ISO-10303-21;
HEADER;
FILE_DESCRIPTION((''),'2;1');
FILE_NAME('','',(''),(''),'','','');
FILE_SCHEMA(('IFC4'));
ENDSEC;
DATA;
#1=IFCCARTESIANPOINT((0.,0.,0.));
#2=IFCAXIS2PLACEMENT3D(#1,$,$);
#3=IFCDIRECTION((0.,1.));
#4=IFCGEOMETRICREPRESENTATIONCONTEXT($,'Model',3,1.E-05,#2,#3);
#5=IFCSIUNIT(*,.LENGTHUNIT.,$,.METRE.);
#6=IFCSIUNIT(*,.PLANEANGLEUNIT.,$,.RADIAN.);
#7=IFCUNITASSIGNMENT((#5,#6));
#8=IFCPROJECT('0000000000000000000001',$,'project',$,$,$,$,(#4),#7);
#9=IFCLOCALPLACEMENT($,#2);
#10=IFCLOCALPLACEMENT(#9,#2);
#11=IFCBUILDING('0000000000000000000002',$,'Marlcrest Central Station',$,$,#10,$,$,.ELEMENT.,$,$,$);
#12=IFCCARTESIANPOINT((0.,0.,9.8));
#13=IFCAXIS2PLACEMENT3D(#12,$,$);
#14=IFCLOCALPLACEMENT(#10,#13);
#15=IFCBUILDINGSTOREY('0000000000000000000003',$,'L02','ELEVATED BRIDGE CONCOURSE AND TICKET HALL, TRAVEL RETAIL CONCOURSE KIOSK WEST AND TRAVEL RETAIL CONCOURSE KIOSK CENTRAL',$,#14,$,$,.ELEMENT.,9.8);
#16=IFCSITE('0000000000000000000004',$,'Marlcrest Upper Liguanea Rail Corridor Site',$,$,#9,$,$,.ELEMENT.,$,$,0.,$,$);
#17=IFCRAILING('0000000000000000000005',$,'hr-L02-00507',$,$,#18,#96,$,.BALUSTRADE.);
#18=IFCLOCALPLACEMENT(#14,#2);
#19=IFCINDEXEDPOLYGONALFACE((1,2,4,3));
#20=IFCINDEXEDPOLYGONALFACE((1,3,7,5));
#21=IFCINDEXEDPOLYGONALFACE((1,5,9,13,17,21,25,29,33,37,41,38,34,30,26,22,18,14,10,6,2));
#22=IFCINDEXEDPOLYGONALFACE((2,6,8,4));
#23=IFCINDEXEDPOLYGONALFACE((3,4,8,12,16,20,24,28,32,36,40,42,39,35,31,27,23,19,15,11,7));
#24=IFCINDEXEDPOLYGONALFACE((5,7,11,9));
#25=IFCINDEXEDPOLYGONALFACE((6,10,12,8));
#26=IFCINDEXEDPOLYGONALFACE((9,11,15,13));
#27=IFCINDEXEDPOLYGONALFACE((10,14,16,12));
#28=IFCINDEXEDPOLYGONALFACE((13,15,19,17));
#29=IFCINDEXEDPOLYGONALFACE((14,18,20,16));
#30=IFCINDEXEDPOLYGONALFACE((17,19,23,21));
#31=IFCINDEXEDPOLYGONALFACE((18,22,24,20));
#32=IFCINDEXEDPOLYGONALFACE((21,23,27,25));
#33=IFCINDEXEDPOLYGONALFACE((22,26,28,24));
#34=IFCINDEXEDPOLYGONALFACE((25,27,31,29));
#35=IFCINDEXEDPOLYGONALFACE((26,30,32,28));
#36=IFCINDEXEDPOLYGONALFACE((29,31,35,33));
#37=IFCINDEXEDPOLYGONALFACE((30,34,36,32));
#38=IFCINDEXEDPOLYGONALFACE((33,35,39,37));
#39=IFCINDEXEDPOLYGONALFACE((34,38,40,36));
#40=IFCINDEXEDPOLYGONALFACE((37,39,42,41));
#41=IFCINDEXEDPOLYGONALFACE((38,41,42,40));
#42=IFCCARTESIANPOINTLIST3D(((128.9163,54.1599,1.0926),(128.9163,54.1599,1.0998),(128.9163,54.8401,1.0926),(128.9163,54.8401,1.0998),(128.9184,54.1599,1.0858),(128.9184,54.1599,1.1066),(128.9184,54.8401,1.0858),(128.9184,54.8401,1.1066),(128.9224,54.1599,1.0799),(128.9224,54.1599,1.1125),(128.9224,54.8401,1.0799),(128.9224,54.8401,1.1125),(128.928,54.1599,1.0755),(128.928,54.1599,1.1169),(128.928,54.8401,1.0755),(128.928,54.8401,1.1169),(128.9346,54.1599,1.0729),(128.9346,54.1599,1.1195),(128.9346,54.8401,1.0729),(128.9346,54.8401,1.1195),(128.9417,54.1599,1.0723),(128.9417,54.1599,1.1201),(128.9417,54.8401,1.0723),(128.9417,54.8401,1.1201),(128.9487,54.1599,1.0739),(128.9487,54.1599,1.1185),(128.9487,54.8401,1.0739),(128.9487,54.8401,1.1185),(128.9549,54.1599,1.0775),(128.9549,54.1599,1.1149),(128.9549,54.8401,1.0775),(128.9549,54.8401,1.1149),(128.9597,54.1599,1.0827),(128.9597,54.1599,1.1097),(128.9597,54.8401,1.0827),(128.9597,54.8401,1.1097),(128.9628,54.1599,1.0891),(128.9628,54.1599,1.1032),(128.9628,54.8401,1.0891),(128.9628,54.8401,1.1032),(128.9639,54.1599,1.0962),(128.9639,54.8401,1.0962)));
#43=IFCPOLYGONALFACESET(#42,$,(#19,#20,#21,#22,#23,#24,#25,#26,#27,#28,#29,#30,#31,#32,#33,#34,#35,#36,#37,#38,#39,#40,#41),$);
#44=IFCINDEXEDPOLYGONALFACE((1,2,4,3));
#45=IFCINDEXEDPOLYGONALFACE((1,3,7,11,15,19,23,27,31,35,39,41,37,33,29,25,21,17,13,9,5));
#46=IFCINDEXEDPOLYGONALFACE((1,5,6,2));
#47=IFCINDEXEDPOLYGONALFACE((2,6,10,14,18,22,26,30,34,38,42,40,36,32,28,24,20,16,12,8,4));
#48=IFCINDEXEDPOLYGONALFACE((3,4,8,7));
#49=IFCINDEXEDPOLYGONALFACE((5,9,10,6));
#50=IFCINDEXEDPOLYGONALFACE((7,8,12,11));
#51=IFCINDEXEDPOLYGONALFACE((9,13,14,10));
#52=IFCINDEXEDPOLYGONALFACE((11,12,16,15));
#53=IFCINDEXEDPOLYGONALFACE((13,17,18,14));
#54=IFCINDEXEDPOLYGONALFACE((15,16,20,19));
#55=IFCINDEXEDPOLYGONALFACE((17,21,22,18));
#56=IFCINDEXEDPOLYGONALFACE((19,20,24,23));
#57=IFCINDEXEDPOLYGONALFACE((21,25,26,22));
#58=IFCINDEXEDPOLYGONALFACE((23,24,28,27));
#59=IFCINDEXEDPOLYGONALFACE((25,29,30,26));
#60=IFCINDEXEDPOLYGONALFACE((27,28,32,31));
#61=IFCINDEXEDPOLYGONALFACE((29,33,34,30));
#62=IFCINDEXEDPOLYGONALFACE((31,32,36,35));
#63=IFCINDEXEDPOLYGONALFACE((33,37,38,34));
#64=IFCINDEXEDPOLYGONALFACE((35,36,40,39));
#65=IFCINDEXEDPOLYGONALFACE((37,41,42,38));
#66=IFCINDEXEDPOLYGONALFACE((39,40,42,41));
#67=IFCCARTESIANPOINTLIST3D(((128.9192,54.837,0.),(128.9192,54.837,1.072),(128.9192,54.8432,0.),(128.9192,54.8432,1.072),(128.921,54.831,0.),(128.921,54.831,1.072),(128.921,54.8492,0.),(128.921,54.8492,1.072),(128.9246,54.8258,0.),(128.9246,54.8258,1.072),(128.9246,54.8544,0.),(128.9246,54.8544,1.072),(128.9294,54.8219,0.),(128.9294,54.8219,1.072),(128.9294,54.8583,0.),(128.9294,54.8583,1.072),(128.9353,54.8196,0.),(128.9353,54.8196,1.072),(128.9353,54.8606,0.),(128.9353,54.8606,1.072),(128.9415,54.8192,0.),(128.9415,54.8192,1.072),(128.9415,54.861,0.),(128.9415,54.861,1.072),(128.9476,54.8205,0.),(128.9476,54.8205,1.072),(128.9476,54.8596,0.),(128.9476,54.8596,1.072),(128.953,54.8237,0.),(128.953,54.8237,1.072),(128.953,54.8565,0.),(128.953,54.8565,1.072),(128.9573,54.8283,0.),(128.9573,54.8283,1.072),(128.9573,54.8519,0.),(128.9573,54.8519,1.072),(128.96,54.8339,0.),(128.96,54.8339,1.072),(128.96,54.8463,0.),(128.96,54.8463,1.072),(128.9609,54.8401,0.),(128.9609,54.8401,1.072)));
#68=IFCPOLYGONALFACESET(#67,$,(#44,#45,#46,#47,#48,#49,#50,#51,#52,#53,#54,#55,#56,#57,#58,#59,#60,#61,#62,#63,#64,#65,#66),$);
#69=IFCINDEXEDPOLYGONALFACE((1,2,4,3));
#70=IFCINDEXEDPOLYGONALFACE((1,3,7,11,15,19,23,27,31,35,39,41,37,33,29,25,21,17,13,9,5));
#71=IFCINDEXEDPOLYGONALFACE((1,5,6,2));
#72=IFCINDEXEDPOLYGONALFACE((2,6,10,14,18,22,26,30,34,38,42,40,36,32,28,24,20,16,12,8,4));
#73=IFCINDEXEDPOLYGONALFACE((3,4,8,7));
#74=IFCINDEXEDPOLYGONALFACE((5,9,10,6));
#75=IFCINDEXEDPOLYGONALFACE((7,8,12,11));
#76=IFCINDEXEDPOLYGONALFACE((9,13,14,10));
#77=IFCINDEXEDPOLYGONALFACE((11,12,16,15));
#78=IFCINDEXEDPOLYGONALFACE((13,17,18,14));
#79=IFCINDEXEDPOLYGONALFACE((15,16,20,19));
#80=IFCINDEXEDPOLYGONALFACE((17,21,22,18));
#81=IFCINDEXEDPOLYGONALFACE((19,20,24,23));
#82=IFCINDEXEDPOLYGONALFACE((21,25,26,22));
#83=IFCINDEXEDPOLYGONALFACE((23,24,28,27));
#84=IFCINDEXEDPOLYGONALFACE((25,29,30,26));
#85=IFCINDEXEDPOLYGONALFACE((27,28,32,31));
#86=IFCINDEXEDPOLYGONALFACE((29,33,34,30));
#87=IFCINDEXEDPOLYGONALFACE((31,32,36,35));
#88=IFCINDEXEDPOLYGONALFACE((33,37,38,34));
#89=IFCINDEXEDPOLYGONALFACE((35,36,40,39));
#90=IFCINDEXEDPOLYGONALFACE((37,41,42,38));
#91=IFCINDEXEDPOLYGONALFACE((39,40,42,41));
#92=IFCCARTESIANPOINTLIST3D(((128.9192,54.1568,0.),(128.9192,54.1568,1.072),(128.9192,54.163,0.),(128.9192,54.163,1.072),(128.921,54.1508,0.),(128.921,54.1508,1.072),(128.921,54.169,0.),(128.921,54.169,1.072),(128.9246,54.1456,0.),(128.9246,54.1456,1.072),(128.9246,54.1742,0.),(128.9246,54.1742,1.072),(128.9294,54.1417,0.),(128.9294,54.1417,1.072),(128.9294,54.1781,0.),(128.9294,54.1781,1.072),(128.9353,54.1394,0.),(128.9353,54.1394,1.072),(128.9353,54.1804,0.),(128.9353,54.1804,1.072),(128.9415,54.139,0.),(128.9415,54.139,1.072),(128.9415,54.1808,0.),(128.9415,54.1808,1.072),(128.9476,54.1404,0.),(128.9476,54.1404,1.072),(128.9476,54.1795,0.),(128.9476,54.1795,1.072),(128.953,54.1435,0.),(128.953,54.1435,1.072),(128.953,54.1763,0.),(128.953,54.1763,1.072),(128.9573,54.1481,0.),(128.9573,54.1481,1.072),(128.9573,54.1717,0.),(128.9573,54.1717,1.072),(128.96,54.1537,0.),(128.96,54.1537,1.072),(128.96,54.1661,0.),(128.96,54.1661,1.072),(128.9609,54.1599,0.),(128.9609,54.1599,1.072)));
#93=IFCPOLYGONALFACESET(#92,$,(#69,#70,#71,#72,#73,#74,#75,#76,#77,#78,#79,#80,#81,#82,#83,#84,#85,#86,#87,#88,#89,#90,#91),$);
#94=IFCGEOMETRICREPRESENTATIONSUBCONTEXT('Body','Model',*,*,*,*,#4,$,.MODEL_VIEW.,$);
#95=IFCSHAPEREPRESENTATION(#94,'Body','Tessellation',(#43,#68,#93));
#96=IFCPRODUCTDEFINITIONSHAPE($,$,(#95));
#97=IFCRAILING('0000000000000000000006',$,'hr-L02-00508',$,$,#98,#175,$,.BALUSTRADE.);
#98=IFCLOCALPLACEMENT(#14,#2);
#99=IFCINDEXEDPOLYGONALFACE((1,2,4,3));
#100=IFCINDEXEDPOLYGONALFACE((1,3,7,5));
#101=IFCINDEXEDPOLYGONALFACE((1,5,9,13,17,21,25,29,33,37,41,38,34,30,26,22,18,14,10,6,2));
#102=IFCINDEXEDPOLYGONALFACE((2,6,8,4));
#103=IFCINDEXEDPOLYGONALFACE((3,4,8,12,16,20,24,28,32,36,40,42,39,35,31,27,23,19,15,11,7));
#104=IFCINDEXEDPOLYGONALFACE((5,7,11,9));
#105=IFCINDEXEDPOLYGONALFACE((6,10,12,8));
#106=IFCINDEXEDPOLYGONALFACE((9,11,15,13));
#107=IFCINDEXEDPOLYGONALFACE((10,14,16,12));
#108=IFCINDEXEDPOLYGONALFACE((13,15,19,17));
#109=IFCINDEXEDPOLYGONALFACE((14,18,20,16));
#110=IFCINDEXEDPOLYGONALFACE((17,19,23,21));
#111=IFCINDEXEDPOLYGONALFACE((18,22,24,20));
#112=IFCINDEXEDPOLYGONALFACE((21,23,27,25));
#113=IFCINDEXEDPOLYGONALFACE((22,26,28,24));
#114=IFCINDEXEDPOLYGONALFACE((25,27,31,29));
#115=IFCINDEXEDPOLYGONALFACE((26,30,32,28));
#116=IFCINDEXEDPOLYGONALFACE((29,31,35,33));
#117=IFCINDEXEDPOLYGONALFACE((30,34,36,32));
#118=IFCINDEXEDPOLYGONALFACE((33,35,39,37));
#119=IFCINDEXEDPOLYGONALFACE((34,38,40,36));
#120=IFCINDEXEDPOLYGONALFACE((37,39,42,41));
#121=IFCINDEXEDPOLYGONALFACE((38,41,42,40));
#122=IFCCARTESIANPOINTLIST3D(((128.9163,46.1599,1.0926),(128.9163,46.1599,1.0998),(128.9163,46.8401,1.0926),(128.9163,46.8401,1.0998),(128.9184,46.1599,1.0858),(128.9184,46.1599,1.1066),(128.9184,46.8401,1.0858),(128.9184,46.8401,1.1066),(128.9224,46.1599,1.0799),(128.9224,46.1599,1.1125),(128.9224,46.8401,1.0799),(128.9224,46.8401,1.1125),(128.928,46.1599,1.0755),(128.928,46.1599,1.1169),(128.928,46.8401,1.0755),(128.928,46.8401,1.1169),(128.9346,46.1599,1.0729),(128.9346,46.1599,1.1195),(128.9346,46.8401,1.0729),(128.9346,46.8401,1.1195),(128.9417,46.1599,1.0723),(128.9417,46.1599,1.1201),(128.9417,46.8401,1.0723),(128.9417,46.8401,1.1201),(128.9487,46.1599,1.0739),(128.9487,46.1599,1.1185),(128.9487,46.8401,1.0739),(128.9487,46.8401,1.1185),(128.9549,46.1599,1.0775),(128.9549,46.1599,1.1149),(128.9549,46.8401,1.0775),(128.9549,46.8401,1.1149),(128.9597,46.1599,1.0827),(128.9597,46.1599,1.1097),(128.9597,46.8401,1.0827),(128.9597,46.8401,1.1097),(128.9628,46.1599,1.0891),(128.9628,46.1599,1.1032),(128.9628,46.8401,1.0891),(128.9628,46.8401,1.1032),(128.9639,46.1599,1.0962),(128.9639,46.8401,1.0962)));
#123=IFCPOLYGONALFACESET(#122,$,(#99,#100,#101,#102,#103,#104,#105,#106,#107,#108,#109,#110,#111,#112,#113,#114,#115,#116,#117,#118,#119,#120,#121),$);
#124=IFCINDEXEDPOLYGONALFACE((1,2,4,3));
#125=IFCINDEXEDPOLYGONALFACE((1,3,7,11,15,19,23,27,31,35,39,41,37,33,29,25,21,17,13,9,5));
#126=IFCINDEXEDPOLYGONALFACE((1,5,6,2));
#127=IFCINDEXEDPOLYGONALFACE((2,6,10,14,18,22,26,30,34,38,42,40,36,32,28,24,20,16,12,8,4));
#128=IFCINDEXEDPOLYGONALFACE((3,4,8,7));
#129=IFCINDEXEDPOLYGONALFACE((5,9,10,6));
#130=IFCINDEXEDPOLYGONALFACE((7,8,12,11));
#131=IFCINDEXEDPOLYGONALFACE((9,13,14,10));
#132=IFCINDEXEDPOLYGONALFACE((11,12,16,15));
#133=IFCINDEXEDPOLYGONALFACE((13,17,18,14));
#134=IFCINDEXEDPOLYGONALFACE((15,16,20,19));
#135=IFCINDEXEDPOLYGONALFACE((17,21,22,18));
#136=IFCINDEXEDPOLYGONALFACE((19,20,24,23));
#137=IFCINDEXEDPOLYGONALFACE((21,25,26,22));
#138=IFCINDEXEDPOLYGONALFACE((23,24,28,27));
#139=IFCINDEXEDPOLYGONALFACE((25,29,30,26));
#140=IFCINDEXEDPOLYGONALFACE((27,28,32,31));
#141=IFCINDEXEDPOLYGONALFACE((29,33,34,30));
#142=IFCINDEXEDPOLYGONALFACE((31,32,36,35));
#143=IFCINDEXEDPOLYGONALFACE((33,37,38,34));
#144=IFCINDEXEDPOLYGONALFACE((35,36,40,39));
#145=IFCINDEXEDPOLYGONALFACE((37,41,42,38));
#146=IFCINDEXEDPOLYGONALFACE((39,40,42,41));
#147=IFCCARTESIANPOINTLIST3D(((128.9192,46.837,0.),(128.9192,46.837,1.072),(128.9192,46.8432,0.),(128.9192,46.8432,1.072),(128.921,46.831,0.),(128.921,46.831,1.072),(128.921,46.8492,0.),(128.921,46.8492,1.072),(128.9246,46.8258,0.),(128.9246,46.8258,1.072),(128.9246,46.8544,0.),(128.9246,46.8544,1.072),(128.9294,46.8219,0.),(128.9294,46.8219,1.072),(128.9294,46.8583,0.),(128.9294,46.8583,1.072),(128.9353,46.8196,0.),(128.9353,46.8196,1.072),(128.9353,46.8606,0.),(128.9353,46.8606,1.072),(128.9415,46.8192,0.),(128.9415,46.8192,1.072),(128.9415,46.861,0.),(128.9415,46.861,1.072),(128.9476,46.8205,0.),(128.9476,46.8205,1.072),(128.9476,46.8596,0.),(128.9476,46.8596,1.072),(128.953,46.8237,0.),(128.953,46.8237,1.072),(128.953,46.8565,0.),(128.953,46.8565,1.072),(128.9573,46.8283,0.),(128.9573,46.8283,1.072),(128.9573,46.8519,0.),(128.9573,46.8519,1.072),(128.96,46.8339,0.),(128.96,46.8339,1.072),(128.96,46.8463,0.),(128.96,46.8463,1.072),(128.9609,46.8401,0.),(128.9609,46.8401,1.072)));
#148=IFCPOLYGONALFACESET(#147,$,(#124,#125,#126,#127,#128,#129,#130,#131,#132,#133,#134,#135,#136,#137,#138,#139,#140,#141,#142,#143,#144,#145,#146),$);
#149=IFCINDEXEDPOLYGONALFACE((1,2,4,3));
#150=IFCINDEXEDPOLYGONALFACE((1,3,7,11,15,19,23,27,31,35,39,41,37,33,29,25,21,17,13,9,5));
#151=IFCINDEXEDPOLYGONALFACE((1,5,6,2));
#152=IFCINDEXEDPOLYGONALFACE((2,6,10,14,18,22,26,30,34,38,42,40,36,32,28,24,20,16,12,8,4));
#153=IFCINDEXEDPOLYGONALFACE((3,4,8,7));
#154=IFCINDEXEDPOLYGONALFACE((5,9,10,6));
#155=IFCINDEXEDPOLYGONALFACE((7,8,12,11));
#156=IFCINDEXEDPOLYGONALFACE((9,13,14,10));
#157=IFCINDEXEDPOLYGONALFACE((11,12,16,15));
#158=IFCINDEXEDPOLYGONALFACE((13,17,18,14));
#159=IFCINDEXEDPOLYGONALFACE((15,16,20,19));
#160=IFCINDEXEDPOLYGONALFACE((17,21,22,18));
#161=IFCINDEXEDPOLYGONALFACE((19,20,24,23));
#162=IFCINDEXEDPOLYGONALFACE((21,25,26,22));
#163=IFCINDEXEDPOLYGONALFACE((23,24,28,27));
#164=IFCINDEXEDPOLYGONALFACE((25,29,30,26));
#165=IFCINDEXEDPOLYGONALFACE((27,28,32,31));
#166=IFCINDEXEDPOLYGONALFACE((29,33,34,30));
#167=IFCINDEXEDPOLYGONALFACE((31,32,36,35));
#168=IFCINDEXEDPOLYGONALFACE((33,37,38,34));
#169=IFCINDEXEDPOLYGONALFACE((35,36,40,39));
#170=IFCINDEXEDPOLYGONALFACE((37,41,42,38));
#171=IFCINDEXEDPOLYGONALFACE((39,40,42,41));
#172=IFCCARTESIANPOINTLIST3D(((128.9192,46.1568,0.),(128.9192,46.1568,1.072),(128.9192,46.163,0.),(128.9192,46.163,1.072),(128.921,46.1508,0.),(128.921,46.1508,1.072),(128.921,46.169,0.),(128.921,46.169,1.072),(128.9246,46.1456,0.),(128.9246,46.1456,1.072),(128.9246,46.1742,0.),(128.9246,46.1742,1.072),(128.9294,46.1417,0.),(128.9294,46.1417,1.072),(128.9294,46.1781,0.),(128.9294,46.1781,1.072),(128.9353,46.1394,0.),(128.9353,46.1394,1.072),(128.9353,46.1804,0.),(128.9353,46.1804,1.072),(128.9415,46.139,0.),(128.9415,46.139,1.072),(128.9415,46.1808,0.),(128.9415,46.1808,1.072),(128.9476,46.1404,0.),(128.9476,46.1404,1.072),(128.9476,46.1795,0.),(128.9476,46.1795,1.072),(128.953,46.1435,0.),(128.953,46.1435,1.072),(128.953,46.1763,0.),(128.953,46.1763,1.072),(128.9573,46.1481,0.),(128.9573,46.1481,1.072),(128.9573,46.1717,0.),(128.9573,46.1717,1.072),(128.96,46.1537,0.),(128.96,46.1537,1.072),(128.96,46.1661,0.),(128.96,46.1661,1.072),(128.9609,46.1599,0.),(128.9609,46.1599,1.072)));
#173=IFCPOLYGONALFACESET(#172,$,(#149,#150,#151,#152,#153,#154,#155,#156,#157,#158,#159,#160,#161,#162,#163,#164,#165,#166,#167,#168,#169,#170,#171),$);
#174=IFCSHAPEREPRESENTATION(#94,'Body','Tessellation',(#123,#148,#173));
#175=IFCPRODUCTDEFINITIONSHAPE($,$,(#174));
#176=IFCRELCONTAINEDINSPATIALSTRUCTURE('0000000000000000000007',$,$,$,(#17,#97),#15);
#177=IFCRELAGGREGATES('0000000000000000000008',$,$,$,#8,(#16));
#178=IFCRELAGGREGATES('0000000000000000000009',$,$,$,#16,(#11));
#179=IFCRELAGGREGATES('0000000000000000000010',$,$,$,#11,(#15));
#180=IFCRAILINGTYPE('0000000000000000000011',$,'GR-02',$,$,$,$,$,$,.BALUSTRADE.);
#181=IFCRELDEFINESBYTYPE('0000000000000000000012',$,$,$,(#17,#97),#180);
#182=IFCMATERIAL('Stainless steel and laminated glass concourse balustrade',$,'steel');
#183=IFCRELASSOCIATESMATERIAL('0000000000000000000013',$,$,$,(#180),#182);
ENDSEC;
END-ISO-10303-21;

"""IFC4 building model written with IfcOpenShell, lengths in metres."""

from ifc_helpers import new_model, si_unit, direction, frame, origin, origin_2d, place, context, subcontext, project, spatial, circle, extrude, material, type_object, element, save


model = new_model("IFC4")

# Units and contexts
model_context = context("Model", 3, precision=1e-05, world=origin(), true_north=direction((0.0, 1.0)))
body_context = subcontext(model_context, "Body", "Model", "MODEL_VIEW")
ifc_project = project(units=[si_unit("LENGTHUNIT", "METRE"), si_unit("PLANEANGLEUNIT", "RADIAN")], contexts=[model_context])

# Site, building, storey
site_placement = place(None, origin())
site = spatial("IfcSite", under=ifc_project, at=site_placement, Name="Marlcrest Upper Liguanea Rail Corridor Site", CompositionType="ELEMENT", RefElevation=0.0)
building_placement = place(site_placement, origin())
building = spatial("IfcBuilding", under=site, at=building_placement, Name="Marlcrest Central Station", CompositionType="ELEMENT")
storey_placement = place(building_placement, frame((0.0, 0.0, 9.8)))
storey = spatial("IfcBuildingStorey", under=building, at=storey_placement, Name="L02", Description="ELEVATED BRIDGE CONCOURSE AND TICKET HALL, TRAVEL RETAIL CONCOURSE KIOSK WEST AND TRAVEL RETAIL CONCOURSE KIOSK CENTRAL", CompositionType="ELEMENT", Elevation=9.8)

# Railings
ifc_material_1 = material(Name="Stainless steel and laminated glass concourse balustrade", Category="steel")
railing_type = type_object("IfcRailingType", Name="GR-02", PredefinedType="BALUSTRADE", material=ifc_material_1)
for number, where, name in (
    (1, (128.9399, 54.8401, 0.0), "hr-L02-00507"),
    (2, (128.9399, 46.8401, 0.0), "hr-L02-00508"),
):
    element("IfcRailing", number, at=place(storey_placement, frame(where)), inside=storey, type_object=railing_type, Name=name, PredefinedType="BALUSTRADE", context=body_context, shape_type="SweptSolid", body=[
        extrude(circle(Radius=0.0239, at=origin_2d()), frame((0.0, 0.0, 1.0962), z_axis=(0.0, -1.0, 0.0), x_axis=(1.0, 0.0, 0.0)), (0.0, 0.0, 1.0), 0.6802),
        extrude(circle(Radius=0.021, at=origin_2d()), origin(), (0.0, 0.0, 1.0), 1.072),
        extrude(circle(Radius=0.021, at=origin_2d()), frame((0.0, -0.6802, 0.0)), (0.0, 0.0, 1.0), 1.072),
    ])

save(model, "model.ifc")
